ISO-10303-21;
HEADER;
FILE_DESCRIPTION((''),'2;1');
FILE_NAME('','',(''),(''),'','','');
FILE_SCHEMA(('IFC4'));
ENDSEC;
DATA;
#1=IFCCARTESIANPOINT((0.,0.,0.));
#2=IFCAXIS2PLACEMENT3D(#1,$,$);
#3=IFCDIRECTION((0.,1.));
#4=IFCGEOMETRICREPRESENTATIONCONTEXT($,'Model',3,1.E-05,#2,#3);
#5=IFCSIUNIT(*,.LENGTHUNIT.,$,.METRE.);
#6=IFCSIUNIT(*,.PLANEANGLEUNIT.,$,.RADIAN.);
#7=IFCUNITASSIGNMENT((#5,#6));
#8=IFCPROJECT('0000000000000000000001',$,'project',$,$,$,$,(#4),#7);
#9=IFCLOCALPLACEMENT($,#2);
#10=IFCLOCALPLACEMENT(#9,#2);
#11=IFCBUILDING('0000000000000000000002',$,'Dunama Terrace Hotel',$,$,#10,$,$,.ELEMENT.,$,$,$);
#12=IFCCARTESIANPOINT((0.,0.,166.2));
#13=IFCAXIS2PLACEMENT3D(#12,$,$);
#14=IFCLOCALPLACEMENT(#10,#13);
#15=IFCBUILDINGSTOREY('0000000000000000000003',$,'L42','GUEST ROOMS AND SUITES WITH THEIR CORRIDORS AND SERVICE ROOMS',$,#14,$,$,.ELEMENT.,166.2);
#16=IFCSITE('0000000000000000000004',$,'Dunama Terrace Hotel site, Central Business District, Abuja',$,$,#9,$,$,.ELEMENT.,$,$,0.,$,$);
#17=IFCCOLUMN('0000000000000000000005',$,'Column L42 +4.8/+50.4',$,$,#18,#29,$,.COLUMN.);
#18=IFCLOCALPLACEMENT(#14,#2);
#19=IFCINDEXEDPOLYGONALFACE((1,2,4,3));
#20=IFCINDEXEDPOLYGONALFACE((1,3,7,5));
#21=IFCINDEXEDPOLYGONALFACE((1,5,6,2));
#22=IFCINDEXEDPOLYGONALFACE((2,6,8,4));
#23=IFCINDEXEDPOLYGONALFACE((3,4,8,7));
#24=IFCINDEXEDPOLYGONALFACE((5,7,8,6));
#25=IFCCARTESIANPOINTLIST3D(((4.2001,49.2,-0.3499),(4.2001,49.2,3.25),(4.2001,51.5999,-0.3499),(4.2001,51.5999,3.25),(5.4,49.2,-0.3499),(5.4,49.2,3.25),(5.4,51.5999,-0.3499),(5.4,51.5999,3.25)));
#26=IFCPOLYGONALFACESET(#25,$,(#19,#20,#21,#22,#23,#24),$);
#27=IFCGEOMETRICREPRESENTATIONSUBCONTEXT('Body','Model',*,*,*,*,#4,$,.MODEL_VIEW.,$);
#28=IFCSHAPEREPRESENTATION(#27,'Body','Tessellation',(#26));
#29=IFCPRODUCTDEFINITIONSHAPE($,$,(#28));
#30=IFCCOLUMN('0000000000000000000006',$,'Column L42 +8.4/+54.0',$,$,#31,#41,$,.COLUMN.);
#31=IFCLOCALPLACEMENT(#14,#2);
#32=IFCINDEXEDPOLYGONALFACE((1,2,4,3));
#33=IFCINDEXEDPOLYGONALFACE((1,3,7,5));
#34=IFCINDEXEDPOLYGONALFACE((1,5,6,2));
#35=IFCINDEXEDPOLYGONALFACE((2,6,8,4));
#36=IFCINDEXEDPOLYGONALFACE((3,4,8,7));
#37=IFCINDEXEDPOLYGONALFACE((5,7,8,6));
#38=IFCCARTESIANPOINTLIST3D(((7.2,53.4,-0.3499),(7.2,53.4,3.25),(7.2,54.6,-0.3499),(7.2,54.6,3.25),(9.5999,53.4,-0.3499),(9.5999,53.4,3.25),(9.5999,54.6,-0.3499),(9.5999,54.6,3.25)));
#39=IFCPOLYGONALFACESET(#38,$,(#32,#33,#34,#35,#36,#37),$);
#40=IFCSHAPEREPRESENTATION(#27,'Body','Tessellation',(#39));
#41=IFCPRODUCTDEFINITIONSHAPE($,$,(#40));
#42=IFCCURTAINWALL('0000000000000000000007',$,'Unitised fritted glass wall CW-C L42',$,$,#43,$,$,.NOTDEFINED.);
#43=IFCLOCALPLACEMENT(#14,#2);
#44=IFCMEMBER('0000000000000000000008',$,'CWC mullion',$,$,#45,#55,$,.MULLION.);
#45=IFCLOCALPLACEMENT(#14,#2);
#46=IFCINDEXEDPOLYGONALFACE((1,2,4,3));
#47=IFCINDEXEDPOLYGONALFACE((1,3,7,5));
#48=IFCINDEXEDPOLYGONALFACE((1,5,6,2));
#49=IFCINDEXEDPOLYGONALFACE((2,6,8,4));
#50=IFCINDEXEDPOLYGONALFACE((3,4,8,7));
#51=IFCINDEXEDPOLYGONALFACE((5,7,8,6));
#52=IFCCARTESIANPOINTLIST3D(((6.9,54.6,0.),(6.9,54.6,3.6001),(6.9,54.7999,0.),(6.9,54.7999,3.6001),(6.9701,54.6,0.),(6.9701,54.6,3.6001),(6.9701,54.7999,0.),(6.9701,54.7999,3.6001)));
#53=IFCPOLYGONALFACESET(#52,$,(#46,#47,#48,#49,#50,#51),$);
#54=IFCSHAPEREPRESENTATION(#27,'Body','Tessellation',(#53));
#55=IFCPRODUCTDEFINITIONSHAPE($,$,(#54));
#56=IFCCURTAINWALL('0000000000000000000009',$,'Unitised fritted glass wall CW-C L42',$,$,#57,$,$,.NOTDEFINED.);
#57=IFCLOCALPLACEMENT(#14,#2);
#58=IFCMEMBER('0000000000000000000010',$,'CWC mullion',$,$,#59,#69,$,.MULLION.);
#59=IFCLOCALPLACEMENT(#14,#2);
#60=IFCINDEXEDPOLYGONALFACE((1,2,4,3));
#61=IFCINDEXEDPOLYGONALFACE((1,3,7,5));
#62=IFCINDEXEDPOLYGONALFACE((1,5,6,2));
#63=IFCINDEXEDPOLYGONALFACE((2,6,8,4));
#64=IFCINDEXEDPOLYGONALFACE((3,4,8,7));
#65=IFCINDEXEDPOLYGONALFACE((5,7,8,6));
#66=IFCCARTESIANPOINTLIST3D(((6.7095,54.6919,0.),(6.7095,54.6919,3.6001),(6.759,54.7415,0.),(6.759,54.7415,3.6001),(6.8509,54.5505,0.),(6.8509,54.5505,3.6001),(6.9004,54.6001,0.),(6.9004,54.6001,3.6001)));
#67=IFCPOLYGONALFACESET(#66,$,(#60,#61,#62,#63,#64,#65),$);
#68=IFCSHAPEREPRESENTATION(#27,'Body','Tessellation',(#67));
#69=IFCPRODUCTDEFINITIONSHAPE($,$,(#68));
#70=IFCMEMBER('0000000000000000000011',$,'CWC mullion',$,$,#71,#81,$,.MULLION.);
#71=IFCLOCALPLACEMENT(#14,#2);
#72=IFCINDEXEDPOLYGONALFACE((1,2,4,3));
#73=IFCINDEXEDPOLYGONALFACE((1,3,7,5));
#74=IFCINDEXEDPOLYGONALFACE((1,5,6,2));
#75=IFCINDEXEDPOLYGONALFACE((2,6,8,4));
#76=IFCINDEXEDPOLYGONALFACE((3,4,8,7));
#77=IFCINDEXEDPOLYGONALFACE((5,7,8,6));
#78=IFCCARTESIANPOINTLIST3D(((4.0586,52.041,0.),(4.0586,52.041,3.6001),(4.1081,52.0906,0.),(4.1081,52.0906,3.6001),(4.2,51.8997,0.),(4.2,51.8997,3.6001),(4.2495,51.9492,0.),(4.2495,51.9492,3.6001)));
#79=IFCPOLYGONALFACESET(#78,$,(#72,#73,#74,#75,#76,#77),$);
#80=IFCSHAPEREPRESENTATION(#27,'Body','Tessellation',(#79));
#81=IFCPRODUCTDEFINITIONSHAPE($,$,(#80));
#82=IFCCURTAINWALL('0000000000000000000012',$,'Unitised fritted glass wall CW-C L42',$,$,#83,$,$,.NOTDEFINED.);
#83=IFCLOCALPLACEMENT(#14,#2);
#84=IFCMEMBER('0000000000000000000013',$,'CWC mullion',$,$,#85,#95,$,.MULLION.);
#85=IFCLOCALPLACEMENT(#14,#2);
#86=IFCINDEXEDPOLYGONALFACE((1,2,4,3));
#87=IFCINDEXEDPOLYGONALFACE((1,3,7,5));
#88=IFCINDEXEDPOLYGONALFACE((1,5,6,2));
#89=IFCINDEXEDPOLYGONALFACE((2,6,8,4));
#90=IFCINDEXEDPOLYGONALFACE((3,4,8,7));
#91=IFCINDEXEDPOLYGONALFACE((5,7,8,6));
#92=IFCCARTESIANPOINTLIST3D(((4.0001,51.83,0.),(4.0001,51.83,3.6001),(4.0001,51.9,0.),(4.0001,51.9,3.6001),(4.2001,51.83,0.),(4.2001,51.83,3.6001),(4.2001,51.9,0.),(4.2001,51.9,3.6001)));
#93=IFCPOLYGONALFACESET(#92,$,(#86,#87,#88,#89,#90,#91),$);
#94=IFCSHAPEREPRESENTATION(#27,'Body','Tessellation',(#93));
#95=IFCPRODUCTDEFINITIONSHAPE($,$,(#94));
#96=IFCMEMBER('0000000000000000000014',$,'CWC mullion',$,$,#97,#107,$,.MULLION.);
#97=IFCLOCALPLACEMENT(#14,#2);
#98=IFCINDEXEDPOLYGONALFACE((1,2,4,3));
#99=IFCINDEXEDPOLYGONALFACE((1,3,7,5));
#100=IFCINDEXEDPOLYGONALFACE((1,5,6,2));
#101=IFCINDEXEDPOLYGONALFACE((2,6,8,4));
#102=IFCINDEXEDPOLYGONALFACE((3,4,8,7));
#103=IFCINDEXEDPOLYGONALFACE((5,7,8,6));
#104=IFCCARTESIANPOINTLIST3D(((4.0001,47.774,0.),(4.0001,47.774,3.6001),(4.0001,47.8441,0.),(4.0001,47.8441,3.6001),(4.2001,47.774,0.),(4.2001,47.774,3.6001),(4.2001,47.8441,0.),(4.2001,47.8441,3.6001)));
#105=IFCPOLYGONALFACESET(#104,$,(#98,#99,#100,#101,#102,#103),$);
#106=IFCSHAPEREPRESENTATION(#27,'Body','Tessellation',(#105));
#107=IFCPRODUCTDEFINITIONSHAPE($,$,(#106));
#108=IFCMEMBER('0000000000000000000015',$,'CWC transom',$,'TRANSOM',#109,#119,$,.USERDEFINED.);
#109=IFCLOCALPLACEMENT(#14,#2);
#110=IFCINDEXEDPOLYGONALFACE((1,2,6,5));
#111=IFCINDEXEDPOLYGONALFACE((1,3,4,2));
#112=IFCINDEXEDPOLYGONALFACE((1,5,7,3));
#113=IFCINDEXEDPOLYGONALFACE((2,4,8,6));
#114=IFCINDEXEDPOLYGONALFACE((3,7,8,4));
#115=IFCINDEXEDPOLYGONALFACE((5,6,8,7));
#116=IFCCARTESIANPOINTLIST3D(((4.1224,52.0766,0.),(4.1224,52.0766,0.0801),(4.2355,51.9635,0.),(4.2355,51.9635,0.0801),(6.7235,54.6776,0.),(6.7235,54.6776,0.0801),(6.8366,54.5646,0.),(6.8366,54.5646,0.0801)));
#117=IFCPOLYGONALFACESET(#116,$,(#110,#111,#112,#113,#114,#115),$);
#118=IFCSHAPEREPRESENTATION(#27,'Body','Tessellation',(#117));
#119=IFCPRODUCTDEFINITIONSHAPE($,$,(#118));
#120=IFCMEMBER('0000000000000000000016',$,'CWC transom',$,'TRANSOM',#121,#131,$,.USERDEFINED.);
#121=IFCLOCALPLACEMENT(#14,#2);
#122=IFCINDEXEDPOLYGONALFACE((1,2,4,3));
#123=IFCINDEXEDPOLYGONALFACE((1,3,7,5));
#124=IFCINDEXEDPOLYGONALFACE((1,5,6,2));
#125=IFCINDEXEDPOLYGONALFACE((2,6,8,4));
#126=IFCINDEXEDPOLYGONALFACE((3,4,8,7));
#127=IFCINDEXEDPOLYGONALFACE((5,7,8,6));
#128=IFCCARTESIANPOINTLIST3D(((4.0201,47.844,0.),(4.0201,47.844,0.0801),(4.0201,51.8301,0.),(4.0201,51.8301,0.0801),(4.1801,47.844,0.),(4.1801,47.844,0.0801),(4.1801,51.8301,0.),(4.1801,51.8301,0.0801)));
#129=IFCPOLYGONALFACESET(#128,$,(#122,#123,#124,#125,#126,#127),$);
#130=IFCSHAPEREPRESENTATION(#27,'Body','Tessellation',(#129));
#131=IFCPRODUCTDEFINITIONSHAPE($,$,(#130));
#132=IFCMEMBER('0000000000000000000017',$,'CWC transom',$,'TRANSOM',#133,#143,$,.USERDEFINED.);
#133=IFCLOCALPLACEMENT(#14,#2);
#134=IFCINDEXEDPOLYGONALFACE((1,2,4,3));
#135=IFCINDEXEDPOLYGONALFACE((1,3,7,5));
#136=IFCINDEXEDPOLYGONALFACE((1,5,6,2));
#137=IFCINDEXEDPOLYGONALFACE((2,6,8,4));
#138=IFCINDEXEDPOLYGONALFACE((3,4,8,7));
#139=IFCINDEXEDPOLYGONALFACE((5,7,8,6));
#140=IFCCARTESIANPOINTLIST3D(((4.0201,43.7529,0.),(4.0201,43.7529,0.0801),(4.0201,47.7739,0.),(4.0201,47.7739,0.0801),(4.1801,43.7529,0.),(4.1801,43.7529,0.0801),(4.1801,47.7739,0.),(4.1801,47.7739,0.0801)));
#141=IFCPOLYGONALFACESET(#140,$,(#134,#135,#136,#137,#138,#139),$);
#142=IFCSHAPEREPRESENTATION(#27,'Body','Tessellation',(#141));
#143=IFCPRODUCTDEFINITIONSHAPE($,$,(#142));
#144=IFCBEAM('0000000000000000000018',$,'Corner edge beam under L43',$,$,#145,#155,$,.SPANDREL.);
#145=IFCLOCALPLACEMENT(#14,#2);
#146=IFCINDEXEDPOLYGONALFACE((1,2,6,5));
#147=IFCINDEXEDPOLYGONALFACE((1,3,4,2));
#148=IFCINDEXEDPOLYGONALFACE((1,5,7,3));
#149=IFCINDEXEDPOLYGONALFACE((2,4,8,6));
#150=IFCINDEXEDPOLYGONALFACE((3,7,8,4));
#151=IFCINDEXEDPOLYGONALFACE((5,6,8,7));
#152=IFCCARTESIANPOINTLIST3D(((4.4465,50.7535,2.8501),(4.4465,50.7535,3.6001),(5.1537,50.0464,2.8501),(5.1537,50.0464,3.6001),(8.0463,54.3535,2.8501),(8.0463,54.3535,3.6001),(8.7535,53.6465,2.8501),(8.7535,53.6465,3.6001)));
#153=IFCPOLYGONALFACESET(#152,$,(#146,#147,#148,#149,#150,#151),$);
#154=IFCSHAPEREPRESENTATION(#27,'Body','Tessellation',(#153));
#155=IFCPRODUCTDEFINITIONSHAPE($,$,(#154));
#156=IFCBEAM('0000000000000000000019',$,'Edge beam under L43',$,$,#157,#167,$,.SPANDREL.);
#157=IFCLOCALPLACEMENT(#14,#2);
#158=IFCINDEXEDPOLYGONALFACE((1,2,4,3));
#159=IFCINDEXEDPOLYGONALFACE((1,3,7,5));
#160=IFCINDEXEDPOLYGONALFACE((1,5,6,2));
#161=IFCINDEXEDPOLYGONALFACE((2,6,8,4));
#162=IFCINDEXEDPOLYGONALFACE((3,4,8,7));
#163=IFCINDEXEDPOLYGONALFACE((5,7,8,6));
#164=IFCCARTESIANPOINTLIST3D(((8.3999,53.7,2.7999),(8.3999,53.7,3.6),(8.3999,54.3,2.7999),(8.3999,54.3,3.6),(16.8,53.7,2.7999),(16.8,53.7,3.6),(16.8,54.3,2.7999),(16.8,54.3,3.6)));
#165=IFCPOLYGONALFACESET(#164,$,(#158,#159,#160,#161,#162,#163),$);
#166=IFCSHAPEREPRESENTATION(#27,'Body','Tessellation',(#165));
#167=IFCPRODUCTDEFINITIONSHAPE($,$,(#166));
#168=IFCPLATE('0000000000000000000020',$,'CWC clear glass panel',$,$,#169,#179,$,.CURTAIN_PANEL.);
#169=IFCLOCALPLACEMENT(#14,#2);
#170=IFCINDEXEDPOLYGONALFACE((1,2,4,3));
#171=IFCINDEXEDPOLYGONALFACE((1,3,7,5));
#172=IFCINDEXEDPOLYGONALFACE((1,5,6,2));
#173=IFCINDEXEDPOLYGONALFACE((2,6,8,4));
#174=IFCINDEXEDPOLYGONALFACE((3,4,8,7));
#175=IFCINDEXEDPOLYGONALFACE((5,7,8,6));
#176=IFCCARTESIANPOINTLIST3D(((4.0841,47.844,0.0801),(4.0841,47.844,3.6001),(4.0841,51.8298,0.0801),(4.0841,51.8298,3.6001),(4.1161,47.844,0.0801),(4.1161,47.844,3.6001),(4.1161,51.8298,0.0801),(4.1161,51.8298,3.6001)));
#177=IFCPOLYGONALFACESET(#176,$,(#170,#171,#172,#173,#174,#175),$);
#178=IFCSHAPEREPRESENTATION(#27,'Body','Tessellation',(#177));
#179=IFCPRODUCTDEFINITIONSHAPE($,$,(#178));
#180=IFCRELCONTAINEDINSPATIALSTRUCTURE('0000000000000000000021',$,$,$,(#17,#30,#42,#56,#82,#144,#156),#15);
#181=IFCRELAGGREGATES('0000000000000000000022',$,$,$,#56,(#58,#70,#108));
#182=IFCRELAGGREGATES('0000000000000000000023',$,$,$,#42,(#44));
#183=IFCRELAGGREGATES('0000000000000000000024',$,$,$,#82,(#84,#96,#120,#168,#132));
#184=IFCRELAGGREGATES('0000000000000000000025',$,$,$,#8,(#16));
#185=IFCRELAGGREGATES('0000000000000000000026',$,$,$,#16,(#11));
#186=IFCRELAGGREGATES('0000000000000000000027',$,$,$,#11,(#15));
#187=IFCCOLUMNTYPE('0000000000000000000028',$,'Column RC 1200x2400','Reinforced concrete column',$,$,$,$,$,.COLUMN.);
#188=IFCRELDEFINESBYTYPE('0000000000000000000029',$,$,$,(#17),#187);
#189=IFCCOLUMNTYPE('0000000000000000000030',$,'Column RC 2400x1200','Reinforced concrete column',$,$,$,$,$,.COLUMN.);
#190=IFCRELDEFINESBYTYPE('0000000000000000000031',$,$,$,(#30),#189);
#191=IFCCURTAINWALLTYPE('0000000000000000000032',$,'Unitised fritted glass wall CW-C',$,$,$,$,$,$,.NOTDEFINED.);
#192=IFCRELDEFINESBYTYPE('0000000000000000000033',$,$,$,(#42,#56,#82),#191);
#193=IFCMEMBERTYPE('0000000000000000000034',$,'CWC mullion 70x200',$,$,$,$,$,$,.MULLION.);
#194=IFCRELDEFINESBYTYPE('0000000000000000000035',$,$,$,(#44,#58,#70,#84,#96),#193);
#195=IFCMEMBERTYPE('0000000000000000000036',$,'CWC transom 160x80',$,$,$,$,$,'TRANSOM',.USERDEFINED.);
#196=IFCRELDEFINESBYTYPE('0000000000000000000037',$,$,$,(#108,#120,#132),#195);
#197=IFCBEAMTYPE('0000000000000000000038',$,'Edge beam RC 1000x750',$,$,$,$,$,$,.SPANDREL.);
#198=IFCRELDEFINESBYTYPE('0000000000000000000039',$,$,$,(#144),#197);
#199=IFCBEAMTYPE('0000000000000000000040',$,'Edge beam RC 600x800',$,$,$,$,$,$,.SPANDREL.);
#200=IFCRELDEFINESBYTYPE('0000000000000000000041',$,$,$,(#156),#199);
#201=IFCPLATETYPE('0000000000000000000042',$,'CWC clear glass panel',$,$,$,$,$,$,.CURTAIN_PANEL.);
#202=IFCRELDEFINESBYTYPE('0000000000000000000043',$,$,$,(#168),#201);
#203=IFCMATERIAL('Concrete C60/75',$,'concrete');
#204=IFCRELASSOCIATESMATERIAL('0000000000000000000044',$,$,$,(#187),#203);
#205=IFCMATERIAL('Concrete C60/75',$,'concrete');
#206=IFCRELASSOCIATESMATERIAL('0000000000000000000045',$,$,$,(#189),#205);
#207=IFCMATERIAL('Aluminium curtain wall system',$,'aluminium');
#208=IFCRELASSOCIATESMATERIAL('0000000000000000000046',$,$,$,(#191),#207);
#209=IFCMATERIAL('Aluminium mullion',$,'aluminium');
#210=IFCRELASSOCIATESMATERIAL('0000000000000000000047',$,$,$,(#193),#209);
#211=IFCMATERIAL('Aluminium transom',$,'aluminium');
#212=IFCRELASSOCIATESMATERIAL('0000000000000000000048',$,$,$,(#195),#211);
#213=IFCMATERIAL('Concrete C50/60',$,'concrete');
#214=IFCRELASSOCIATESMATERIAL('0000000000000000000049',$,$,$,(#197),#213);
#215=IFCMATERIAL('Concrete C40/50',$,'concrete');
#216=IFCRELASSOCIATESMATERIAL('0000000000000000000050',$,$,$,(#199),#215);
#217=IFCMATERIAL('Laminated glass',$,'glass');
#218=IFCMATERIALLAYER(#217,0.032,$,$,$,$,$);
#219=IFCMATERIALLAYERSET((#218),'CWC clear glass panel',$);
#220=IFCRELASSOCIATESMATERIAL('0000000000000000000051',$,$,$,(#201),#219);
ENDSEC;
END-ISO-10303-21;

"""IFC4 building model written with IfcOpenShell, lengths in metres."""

from ifc_helpers import new_model, si_unit, direction, frame, origin, origin_2d, place, context, subcontext, project, spatial, rectangle, extrude, material, layer, layer_set, material_profile, profile_set, type_object, element, aggregate, save


model = new_model("IFC4")

# Units and contexts
model_context = context("Model", 3, precision=1e-05, world=origin(), true_north=direction((0.0, 1.0)))
body_context = subcontext(model_context, "Body", "Model", "MODEL_VIEW")
ifc_project = project(units=[si_unit("LENGTHUNIT", "METRE"), si_unit("PLANEANGLEUNIT", "RADIAN")], contexts=[model_context])

# Site, building, storey
site_placement = place(None, origin())
site = spatial("IfcSite", under=ifc_project, at=site_placement, Name="Dunama Terrace Hotel site, Central Business District, Abuja", CompositionType="ELEMENT", RefElevation=0.0)
building_placement = place(site_placement, origin())
building = spatial("IfcBuilding", under=site, at=building_placement, Name="Dunama Terrace Hotel", CompositionType="ELEMENT")
storey_placement = place(building_placement, frame((0.0, 0.0, 166.2)))
storey = spatial("IfcBuildingStorey", under=building, at=storey_placement, Name="L42", Description="GUEST ROOMS AND SUITES WITH THEIR CORRIDORS AND SERVICE ROOMS", CompositionType="ELEMENT", Elevation=166.2)

# Columns
ifc_material_1 = material(Name="Concrete C60/75", Category="concrete")
ifc_material_profile_1 = material_profile(ifc_material_1, rectangle(XDim=1.2, YDim=2.3999, at=origin_2d()), Name="RC 1200x2400")
ifc_profile_set_1 = profile_set([ifc_material_profile_1], Name="Concrete C60/75")
column_type_1 = type_object("IfcColumnType", Name="Column RC 1200x2400", Description="Reinforced concrete column", PredefinedType="COLUMN", material=ifc_profile_set_1)
column_1_placement = place(storey_placement, frame((4.8, 50.3999, -0.3499), z_axis=(0.0, 0.0, 1.0), x_axis=(1.0, 0.0, 0.0)))
element("IfcColumn", 1, at=column_1_placement, inside=storey, type_object=column_type_1, Name="Column L42 +4.8/+50.4", PredefinedType="COLUMN", context=body_context, shape_type="SweptSolid", body=[
    extrude(rectangle(XDim=1.2, YDim=2.3999, at=origin_2d()), origin(), (0.0, 0.0, 1.0), 3.5999),
])
ifc_material_2 = material(Name="Concrete C60/75", Category="concrete")
ifc_material_profile_2 = material_profile(ifc_material_2, rectangle(XDim=2.3999, YDim=1.2, at=origin_2d()), Name="RC 2400x1200")
ifc_profile_set_2 = profile_set([ifc_material_profile_2], Name="Concrete C60/75")
column_type_2 = type_object("IfcColumnType", Name="Column RC 2400x1200", Description="Reinforced concrete column", PredefinedType="COLUMN", material=ifc_profile_set_2)
column_2_placement = place(storey_placement, frame((8.3999, 54.0, -0.3499), z_axis=(0.0, 0.0, 1.0), x_axis=(1.0, 0.0, 0.0)))
element("IfcColumn", 2, at=column_2_placement, inside=storey, type_object=column_type_2, Name="Column L42 +8.4/+54.0", PredefinedType="COLUMN", context=body_context, shape_type="SweptSolid", body=[
    extrude(rectangle(XDim=2.3999, YDim=1.2, at=origin_2d()), origin(), (0.0, 0.0, 1.0), 3.5999),
])

# Curtain wall, member
ifc_material_3 = material(Name="Aluminium curtain wall system", Category="aluminium")
curtain_wall_type = type_object("IfcCurtainWallType", Name="Unitised fritted glass wall CW-C", PredefinedType="NOTDEFINED", material=ifc_material_3)
curtain_wall_1_placement = place(storey_placement, origin())
curtain_wall_1 = element("IfcCurtainWall", 3, at=curtain_wall_1_placement, inside=storey, type_object=curtain_wall_type, Name="Unitised fritted glass wall CW-C L42", PredefinedType="NOTDEFINED")
ifc_material_4 = material(Name="Aluminium mullion", Category="aluminium")
ifc_material_profile_3 = material_profile(ifc_material_4, rectangle(XDim=0.0701, YDim=0.2, at=origin_2d()), Name="CWC MULLION 70X200")
ifc_profile_set_3 = profile_set([ifc_material_profile_3], Name="Aluminium mullion")
member_type_1 = type_object("IfcMemberType", Name="CWC mullion 70x200", PredefinedType="MULLION", material=ifc_profile_set_3)
member_1_placement = place(storey_placement, frame((6.9351, 54.7, 0.0), z_axis=(0.0, 0.0, 1.0), x_axis=(-1.0, 0.0, 0.0)))
member_1 = element("IfcMember", 4, at=member_1_placement, type_object=member_type_1, Name="CWC mullion", PredefinedType="MULLION", context=body_context, shape_type="SweptSolid", body=[
    extrude(rectangle(XDim=0.0701, YDim=0.2, at=origin_2d()), origin(), (0.0, 0.0, 1.0), 3.6001),
])

# Curtain walls, members
curtain_wall_2_placement = place(storey_placement, origin())
curtain_wall_2 = element("IfcCurtainWall", 5, at=curtain_wall_2_placement, inside=storey, type_object=curtain_wall_type, Name="Unitised fritted glass wall CW-C L42", PredefinedType="NOTDEFINED")
member_2_placement = place(storey_placement, frame((6.8049, 54.646, 0.0), z_axis=(0.0, 0.0, 1.0), x_axis=(-0.707107, -0.707107, 0.0)))
member_2 = element("IfcMember", 6, at=member_2_placement, type_object=member_type_1, Name="CWC mullion", PredefinedType="MULLION", context=body_context, shape_type="SweptSolid", body=[
    extrude(rectangle(XDim=0.0701, YDim=0.2, at=origin_2d()), origin(), (0.0, 0.0, 1.0), 3.6001),
])
member_3_placement = place(storey_placement, frame((4.1541, 51.9951, 0.0), z_axis=(0.0, 0.0, 1.0), x_axis=(-0.707107, -0.707107, 0.0)))
member_3 = element("IfcMember", 7, at=member_3_placement, type_object=member_type_1, Name="CWC mullion", PredefinedType="MULLION", context=body_context, shape_type="SweptSolid", body=[
    extrude(rectangle(XDim=0.0701, YDim=0.2, at=origin_2d()), origin(), (0.0, 0.0, 1.0), 3.6001),
])
curtain_wall_3_placement = place(storey_placement, origin())
curtain_wall_3 = element("IfcCurtainWall", 8, at=curtain_wall_3_placement, inside=storey, type_object=curtain_wall_type, Name="Unitised fritted glass wall CW-C L42", PredefinedType="NOTDEFINED")
member_4_placement = place(storey_placement, frame((4.1001, 51.865, 0.0), z_axis=(0.0, 0.0, 1.0), x_axis=(0.0, -1.0, 0.0)))
member_4 = element("IfcMember", 9, at=member_4_placement, type_object=member_type_1, Name="CWC mullion", PredefinedType="MULLION", context=body_context, shape_type="SweptSolid", body=[
    extrude(rectangle(XDim=0.0701, YDim=0.2, at=origin_2d()), origin(), (0.0, 0.0, 1.0), 3.6001),
])
member_5_placement = place(storey_placement, frame((4.1001, 47.8091, 0.0), z_axis=(0.0, 0.0, 1.0), x_axis=(0.0, -1.0, 0.0)))
member_5 = element("IfcMember", 10, at=member_5_placement, type_object=member_type_1, Name="CWC mullion", PredefinedType="MULLION", context=body_context, shape_type="SweptSolid", body=[
    extrude(rectangle(XDim=0.0701, YDim=0.2, at=origin_2d()), origin(), (0.0, 0.0, 1.0), 3.6001),
])

# Members
ifc_material_5 = material(Name="Aluminium transom", Category="aluminium")
ifc_material_profile_4 = material_profile(ifc_material_5, rectangle(XDim=0.1599, YDim=0.0801, at=origin_2d()), Name="CWC TRANSOM 160X80")
ifc_profile_set_4 = profile_set([ifc_material_profile_4], Name="Aluminium transom")
member_type_2 = type_object("IfcMemberType", Name="CWC transom 160x80", ElementType="TRANSOM", PredefinedType="USERDEFINED", material=ifc_profile_set_4)
member_6_placement = place(storey_placement, frame((6.78, 54.6211, 0.04), z_axis=(-0.707107, -0.707107, 0.0), x_axis=(0.707107, -0.707107, 0.0)))
member_6 = element("IfcMember", 11, at=member_6_placement, type_object=member_type_2, Name="CWC transom", ObjectType="TRANSOM", PredefinedType="USERDEFINED", context=body_context, shape_type="SweptSolid", body=[
    extrude(rectangle(XDim=0.1599, YDim=0.0801, at=origin_2d()), origin(), (0.0, 0.0, 1.0), 3.6785),
])
member_7_placement = place(storey_placement, frame((4.1001, 51.8301, 0.04), z_axis=(0.0, -1.0, 0.0), x_axis=(1.0, 0.0, 0.0)))
member_7 = element("IfcMember", 12, at=member_7_placement, type_object=member_type_2, Name="CWC transom", ObjectType="TRANSOM", PredefinedType="USERDEFINED", context=body_context, shape_type="SweptSolid", body=[
    extrude(rectangle(XDim=0.1599, YDim=0.0801, at=origin_2d()), origin(), (0.0, 0.0, 1.0), 3.9861),
])
member_8_placement = place(storey_placement, frame((4.1001, 47.7739, 0.04), z_axis=(0.0, -1.0, 0.0), x_axis=(1.0, 0.0, 0.0)))
member_8 = element("IfcMember", 13, at=member_8_placement, type_object=member_type_2, Name="CWC transom", ObjectType="TRANSOM", PredefinedType="USERDEFINED", context=body_context, shape_type="SweptSolid", body=[
    extrude(rectangle(XDim=0.1599, YDim=0.0801, at=origin_2d()), origin(), (0.0, 0.0, 1.0), 4.021),
])

# Beams
ifc_material_6 = material(Name="Concrete C50/60", Category="concrete")
ifc_material_profile_5 = material_profile(ifc_material_6, rectangle(XDim=1.0, YDim=0.75, at=origin_2d()), Name="RC 1000x750")
ifc_profile_set_5 = profile_set([ifc_material_profile_5], Name="Concrete C50/60")
beam_type_1 = type_object("IfcBeamType", Name="Edge beam RC 1000x750", PredefinedType="SPANDREL", material=ifc_profile_set_5)
beam_1_placement = place(storey_placement, frame((8.3999, 54.0, 3.2251), z_axis=(-0.707083, -0.707131, 0.0), x_axis=(0.707131, -0.707083, 0.0)))
element("IfcBeam", 14, at=beam_1_placement, inside=storey, type_object=beam_type_1, Name="Corner edge beam under L43", PredefinedType="SPANDREL", context=body_context, shape_type="SweptSolid", body=[
    extrude(rectangle(XDim=1.0, YDim=0.75, at=origin_2d()), origin(), (0.0, 0.0, 1.0), 5.0911),
])
ifc_material_7 = material(Name="Concrete C40/50", Category="concrete")
ifc_material_profile_6 = material_profile(ifc_material_7, rectangle(XDim=0.6001, YDim=0.8, at=origin_2d()), Name="RC 600x800")
ifc_profile_set_6 = profile_set([ifc_material_profile_6], Name="Concrete C40/50")
beam_type_2 = type_object("IfcBeamType", Name="Edge beam RC 600x800", PredefinedType="SPANDREL", material=ifc_profile_set_6)
beam_2_placement = place(storey_placement, frame((8.3999, 54.0, 3.2), z_axis=(1.0, 0.0, 0.0), x_axis=(0.0, 1.0, 0.0)))
element("IfcBeam", 15, at=beam_2_placement, inside=storey, type_object=beam_type_2, Name="Edge beam under L43", PredefinedType="SPANDREL", context=body_context, shape_type="SweptSolid", body=[
    extrude(rectangle(XDim=0.6001, YDim=0.8, at=origin_2d()), origin(), (0.0, 0.0, 1.0), 8.4001),
])

# Plate
ifc_material_8 = material(Name="Laminated glass", Category="glass")
ifc_layer_1 = layer(ifc_material_8, 0.032)
ifc_layer_set_1 = layer_set([ifc_layer_1], Name="CWC clear glass panel")
plate_type_1 = type_object("IfcPlateType", Name="CWC clear glass panel", PredefinedType="CURTAIN_PANEL", material=ifc_layer_set_1)
plate_1_placement = place(storey_placement, frame((4.1001, 49.8369, 0.0801), z_axis=(0.0, 0.0, 1.0), x_axis=(0.0, -1.0, 0.0)))
plate_1 = element("IfcPlate", 16, at=plate_1_placement, type_object=plate_type_1, Name="CWC clear glass panel", PredefinedType="CURTAIN_PANEL", context=body_context, shape_type="SweptSolid", body=[
    extrude(rectangle(XDim=3.9858, YDim=0.032, at=origin_2d()), origin(), (0.0, 0.0, 1.0), 3.52),
])
aggregate(curtain_wall_2, [member_2, member_3, member_6])
aggregate(curtain_wall_1, [member_1])
aggregate(curtain_wall_3, [member_4, member_5, member_7, plate_1, member_8])

save(model, "model.ifc")
